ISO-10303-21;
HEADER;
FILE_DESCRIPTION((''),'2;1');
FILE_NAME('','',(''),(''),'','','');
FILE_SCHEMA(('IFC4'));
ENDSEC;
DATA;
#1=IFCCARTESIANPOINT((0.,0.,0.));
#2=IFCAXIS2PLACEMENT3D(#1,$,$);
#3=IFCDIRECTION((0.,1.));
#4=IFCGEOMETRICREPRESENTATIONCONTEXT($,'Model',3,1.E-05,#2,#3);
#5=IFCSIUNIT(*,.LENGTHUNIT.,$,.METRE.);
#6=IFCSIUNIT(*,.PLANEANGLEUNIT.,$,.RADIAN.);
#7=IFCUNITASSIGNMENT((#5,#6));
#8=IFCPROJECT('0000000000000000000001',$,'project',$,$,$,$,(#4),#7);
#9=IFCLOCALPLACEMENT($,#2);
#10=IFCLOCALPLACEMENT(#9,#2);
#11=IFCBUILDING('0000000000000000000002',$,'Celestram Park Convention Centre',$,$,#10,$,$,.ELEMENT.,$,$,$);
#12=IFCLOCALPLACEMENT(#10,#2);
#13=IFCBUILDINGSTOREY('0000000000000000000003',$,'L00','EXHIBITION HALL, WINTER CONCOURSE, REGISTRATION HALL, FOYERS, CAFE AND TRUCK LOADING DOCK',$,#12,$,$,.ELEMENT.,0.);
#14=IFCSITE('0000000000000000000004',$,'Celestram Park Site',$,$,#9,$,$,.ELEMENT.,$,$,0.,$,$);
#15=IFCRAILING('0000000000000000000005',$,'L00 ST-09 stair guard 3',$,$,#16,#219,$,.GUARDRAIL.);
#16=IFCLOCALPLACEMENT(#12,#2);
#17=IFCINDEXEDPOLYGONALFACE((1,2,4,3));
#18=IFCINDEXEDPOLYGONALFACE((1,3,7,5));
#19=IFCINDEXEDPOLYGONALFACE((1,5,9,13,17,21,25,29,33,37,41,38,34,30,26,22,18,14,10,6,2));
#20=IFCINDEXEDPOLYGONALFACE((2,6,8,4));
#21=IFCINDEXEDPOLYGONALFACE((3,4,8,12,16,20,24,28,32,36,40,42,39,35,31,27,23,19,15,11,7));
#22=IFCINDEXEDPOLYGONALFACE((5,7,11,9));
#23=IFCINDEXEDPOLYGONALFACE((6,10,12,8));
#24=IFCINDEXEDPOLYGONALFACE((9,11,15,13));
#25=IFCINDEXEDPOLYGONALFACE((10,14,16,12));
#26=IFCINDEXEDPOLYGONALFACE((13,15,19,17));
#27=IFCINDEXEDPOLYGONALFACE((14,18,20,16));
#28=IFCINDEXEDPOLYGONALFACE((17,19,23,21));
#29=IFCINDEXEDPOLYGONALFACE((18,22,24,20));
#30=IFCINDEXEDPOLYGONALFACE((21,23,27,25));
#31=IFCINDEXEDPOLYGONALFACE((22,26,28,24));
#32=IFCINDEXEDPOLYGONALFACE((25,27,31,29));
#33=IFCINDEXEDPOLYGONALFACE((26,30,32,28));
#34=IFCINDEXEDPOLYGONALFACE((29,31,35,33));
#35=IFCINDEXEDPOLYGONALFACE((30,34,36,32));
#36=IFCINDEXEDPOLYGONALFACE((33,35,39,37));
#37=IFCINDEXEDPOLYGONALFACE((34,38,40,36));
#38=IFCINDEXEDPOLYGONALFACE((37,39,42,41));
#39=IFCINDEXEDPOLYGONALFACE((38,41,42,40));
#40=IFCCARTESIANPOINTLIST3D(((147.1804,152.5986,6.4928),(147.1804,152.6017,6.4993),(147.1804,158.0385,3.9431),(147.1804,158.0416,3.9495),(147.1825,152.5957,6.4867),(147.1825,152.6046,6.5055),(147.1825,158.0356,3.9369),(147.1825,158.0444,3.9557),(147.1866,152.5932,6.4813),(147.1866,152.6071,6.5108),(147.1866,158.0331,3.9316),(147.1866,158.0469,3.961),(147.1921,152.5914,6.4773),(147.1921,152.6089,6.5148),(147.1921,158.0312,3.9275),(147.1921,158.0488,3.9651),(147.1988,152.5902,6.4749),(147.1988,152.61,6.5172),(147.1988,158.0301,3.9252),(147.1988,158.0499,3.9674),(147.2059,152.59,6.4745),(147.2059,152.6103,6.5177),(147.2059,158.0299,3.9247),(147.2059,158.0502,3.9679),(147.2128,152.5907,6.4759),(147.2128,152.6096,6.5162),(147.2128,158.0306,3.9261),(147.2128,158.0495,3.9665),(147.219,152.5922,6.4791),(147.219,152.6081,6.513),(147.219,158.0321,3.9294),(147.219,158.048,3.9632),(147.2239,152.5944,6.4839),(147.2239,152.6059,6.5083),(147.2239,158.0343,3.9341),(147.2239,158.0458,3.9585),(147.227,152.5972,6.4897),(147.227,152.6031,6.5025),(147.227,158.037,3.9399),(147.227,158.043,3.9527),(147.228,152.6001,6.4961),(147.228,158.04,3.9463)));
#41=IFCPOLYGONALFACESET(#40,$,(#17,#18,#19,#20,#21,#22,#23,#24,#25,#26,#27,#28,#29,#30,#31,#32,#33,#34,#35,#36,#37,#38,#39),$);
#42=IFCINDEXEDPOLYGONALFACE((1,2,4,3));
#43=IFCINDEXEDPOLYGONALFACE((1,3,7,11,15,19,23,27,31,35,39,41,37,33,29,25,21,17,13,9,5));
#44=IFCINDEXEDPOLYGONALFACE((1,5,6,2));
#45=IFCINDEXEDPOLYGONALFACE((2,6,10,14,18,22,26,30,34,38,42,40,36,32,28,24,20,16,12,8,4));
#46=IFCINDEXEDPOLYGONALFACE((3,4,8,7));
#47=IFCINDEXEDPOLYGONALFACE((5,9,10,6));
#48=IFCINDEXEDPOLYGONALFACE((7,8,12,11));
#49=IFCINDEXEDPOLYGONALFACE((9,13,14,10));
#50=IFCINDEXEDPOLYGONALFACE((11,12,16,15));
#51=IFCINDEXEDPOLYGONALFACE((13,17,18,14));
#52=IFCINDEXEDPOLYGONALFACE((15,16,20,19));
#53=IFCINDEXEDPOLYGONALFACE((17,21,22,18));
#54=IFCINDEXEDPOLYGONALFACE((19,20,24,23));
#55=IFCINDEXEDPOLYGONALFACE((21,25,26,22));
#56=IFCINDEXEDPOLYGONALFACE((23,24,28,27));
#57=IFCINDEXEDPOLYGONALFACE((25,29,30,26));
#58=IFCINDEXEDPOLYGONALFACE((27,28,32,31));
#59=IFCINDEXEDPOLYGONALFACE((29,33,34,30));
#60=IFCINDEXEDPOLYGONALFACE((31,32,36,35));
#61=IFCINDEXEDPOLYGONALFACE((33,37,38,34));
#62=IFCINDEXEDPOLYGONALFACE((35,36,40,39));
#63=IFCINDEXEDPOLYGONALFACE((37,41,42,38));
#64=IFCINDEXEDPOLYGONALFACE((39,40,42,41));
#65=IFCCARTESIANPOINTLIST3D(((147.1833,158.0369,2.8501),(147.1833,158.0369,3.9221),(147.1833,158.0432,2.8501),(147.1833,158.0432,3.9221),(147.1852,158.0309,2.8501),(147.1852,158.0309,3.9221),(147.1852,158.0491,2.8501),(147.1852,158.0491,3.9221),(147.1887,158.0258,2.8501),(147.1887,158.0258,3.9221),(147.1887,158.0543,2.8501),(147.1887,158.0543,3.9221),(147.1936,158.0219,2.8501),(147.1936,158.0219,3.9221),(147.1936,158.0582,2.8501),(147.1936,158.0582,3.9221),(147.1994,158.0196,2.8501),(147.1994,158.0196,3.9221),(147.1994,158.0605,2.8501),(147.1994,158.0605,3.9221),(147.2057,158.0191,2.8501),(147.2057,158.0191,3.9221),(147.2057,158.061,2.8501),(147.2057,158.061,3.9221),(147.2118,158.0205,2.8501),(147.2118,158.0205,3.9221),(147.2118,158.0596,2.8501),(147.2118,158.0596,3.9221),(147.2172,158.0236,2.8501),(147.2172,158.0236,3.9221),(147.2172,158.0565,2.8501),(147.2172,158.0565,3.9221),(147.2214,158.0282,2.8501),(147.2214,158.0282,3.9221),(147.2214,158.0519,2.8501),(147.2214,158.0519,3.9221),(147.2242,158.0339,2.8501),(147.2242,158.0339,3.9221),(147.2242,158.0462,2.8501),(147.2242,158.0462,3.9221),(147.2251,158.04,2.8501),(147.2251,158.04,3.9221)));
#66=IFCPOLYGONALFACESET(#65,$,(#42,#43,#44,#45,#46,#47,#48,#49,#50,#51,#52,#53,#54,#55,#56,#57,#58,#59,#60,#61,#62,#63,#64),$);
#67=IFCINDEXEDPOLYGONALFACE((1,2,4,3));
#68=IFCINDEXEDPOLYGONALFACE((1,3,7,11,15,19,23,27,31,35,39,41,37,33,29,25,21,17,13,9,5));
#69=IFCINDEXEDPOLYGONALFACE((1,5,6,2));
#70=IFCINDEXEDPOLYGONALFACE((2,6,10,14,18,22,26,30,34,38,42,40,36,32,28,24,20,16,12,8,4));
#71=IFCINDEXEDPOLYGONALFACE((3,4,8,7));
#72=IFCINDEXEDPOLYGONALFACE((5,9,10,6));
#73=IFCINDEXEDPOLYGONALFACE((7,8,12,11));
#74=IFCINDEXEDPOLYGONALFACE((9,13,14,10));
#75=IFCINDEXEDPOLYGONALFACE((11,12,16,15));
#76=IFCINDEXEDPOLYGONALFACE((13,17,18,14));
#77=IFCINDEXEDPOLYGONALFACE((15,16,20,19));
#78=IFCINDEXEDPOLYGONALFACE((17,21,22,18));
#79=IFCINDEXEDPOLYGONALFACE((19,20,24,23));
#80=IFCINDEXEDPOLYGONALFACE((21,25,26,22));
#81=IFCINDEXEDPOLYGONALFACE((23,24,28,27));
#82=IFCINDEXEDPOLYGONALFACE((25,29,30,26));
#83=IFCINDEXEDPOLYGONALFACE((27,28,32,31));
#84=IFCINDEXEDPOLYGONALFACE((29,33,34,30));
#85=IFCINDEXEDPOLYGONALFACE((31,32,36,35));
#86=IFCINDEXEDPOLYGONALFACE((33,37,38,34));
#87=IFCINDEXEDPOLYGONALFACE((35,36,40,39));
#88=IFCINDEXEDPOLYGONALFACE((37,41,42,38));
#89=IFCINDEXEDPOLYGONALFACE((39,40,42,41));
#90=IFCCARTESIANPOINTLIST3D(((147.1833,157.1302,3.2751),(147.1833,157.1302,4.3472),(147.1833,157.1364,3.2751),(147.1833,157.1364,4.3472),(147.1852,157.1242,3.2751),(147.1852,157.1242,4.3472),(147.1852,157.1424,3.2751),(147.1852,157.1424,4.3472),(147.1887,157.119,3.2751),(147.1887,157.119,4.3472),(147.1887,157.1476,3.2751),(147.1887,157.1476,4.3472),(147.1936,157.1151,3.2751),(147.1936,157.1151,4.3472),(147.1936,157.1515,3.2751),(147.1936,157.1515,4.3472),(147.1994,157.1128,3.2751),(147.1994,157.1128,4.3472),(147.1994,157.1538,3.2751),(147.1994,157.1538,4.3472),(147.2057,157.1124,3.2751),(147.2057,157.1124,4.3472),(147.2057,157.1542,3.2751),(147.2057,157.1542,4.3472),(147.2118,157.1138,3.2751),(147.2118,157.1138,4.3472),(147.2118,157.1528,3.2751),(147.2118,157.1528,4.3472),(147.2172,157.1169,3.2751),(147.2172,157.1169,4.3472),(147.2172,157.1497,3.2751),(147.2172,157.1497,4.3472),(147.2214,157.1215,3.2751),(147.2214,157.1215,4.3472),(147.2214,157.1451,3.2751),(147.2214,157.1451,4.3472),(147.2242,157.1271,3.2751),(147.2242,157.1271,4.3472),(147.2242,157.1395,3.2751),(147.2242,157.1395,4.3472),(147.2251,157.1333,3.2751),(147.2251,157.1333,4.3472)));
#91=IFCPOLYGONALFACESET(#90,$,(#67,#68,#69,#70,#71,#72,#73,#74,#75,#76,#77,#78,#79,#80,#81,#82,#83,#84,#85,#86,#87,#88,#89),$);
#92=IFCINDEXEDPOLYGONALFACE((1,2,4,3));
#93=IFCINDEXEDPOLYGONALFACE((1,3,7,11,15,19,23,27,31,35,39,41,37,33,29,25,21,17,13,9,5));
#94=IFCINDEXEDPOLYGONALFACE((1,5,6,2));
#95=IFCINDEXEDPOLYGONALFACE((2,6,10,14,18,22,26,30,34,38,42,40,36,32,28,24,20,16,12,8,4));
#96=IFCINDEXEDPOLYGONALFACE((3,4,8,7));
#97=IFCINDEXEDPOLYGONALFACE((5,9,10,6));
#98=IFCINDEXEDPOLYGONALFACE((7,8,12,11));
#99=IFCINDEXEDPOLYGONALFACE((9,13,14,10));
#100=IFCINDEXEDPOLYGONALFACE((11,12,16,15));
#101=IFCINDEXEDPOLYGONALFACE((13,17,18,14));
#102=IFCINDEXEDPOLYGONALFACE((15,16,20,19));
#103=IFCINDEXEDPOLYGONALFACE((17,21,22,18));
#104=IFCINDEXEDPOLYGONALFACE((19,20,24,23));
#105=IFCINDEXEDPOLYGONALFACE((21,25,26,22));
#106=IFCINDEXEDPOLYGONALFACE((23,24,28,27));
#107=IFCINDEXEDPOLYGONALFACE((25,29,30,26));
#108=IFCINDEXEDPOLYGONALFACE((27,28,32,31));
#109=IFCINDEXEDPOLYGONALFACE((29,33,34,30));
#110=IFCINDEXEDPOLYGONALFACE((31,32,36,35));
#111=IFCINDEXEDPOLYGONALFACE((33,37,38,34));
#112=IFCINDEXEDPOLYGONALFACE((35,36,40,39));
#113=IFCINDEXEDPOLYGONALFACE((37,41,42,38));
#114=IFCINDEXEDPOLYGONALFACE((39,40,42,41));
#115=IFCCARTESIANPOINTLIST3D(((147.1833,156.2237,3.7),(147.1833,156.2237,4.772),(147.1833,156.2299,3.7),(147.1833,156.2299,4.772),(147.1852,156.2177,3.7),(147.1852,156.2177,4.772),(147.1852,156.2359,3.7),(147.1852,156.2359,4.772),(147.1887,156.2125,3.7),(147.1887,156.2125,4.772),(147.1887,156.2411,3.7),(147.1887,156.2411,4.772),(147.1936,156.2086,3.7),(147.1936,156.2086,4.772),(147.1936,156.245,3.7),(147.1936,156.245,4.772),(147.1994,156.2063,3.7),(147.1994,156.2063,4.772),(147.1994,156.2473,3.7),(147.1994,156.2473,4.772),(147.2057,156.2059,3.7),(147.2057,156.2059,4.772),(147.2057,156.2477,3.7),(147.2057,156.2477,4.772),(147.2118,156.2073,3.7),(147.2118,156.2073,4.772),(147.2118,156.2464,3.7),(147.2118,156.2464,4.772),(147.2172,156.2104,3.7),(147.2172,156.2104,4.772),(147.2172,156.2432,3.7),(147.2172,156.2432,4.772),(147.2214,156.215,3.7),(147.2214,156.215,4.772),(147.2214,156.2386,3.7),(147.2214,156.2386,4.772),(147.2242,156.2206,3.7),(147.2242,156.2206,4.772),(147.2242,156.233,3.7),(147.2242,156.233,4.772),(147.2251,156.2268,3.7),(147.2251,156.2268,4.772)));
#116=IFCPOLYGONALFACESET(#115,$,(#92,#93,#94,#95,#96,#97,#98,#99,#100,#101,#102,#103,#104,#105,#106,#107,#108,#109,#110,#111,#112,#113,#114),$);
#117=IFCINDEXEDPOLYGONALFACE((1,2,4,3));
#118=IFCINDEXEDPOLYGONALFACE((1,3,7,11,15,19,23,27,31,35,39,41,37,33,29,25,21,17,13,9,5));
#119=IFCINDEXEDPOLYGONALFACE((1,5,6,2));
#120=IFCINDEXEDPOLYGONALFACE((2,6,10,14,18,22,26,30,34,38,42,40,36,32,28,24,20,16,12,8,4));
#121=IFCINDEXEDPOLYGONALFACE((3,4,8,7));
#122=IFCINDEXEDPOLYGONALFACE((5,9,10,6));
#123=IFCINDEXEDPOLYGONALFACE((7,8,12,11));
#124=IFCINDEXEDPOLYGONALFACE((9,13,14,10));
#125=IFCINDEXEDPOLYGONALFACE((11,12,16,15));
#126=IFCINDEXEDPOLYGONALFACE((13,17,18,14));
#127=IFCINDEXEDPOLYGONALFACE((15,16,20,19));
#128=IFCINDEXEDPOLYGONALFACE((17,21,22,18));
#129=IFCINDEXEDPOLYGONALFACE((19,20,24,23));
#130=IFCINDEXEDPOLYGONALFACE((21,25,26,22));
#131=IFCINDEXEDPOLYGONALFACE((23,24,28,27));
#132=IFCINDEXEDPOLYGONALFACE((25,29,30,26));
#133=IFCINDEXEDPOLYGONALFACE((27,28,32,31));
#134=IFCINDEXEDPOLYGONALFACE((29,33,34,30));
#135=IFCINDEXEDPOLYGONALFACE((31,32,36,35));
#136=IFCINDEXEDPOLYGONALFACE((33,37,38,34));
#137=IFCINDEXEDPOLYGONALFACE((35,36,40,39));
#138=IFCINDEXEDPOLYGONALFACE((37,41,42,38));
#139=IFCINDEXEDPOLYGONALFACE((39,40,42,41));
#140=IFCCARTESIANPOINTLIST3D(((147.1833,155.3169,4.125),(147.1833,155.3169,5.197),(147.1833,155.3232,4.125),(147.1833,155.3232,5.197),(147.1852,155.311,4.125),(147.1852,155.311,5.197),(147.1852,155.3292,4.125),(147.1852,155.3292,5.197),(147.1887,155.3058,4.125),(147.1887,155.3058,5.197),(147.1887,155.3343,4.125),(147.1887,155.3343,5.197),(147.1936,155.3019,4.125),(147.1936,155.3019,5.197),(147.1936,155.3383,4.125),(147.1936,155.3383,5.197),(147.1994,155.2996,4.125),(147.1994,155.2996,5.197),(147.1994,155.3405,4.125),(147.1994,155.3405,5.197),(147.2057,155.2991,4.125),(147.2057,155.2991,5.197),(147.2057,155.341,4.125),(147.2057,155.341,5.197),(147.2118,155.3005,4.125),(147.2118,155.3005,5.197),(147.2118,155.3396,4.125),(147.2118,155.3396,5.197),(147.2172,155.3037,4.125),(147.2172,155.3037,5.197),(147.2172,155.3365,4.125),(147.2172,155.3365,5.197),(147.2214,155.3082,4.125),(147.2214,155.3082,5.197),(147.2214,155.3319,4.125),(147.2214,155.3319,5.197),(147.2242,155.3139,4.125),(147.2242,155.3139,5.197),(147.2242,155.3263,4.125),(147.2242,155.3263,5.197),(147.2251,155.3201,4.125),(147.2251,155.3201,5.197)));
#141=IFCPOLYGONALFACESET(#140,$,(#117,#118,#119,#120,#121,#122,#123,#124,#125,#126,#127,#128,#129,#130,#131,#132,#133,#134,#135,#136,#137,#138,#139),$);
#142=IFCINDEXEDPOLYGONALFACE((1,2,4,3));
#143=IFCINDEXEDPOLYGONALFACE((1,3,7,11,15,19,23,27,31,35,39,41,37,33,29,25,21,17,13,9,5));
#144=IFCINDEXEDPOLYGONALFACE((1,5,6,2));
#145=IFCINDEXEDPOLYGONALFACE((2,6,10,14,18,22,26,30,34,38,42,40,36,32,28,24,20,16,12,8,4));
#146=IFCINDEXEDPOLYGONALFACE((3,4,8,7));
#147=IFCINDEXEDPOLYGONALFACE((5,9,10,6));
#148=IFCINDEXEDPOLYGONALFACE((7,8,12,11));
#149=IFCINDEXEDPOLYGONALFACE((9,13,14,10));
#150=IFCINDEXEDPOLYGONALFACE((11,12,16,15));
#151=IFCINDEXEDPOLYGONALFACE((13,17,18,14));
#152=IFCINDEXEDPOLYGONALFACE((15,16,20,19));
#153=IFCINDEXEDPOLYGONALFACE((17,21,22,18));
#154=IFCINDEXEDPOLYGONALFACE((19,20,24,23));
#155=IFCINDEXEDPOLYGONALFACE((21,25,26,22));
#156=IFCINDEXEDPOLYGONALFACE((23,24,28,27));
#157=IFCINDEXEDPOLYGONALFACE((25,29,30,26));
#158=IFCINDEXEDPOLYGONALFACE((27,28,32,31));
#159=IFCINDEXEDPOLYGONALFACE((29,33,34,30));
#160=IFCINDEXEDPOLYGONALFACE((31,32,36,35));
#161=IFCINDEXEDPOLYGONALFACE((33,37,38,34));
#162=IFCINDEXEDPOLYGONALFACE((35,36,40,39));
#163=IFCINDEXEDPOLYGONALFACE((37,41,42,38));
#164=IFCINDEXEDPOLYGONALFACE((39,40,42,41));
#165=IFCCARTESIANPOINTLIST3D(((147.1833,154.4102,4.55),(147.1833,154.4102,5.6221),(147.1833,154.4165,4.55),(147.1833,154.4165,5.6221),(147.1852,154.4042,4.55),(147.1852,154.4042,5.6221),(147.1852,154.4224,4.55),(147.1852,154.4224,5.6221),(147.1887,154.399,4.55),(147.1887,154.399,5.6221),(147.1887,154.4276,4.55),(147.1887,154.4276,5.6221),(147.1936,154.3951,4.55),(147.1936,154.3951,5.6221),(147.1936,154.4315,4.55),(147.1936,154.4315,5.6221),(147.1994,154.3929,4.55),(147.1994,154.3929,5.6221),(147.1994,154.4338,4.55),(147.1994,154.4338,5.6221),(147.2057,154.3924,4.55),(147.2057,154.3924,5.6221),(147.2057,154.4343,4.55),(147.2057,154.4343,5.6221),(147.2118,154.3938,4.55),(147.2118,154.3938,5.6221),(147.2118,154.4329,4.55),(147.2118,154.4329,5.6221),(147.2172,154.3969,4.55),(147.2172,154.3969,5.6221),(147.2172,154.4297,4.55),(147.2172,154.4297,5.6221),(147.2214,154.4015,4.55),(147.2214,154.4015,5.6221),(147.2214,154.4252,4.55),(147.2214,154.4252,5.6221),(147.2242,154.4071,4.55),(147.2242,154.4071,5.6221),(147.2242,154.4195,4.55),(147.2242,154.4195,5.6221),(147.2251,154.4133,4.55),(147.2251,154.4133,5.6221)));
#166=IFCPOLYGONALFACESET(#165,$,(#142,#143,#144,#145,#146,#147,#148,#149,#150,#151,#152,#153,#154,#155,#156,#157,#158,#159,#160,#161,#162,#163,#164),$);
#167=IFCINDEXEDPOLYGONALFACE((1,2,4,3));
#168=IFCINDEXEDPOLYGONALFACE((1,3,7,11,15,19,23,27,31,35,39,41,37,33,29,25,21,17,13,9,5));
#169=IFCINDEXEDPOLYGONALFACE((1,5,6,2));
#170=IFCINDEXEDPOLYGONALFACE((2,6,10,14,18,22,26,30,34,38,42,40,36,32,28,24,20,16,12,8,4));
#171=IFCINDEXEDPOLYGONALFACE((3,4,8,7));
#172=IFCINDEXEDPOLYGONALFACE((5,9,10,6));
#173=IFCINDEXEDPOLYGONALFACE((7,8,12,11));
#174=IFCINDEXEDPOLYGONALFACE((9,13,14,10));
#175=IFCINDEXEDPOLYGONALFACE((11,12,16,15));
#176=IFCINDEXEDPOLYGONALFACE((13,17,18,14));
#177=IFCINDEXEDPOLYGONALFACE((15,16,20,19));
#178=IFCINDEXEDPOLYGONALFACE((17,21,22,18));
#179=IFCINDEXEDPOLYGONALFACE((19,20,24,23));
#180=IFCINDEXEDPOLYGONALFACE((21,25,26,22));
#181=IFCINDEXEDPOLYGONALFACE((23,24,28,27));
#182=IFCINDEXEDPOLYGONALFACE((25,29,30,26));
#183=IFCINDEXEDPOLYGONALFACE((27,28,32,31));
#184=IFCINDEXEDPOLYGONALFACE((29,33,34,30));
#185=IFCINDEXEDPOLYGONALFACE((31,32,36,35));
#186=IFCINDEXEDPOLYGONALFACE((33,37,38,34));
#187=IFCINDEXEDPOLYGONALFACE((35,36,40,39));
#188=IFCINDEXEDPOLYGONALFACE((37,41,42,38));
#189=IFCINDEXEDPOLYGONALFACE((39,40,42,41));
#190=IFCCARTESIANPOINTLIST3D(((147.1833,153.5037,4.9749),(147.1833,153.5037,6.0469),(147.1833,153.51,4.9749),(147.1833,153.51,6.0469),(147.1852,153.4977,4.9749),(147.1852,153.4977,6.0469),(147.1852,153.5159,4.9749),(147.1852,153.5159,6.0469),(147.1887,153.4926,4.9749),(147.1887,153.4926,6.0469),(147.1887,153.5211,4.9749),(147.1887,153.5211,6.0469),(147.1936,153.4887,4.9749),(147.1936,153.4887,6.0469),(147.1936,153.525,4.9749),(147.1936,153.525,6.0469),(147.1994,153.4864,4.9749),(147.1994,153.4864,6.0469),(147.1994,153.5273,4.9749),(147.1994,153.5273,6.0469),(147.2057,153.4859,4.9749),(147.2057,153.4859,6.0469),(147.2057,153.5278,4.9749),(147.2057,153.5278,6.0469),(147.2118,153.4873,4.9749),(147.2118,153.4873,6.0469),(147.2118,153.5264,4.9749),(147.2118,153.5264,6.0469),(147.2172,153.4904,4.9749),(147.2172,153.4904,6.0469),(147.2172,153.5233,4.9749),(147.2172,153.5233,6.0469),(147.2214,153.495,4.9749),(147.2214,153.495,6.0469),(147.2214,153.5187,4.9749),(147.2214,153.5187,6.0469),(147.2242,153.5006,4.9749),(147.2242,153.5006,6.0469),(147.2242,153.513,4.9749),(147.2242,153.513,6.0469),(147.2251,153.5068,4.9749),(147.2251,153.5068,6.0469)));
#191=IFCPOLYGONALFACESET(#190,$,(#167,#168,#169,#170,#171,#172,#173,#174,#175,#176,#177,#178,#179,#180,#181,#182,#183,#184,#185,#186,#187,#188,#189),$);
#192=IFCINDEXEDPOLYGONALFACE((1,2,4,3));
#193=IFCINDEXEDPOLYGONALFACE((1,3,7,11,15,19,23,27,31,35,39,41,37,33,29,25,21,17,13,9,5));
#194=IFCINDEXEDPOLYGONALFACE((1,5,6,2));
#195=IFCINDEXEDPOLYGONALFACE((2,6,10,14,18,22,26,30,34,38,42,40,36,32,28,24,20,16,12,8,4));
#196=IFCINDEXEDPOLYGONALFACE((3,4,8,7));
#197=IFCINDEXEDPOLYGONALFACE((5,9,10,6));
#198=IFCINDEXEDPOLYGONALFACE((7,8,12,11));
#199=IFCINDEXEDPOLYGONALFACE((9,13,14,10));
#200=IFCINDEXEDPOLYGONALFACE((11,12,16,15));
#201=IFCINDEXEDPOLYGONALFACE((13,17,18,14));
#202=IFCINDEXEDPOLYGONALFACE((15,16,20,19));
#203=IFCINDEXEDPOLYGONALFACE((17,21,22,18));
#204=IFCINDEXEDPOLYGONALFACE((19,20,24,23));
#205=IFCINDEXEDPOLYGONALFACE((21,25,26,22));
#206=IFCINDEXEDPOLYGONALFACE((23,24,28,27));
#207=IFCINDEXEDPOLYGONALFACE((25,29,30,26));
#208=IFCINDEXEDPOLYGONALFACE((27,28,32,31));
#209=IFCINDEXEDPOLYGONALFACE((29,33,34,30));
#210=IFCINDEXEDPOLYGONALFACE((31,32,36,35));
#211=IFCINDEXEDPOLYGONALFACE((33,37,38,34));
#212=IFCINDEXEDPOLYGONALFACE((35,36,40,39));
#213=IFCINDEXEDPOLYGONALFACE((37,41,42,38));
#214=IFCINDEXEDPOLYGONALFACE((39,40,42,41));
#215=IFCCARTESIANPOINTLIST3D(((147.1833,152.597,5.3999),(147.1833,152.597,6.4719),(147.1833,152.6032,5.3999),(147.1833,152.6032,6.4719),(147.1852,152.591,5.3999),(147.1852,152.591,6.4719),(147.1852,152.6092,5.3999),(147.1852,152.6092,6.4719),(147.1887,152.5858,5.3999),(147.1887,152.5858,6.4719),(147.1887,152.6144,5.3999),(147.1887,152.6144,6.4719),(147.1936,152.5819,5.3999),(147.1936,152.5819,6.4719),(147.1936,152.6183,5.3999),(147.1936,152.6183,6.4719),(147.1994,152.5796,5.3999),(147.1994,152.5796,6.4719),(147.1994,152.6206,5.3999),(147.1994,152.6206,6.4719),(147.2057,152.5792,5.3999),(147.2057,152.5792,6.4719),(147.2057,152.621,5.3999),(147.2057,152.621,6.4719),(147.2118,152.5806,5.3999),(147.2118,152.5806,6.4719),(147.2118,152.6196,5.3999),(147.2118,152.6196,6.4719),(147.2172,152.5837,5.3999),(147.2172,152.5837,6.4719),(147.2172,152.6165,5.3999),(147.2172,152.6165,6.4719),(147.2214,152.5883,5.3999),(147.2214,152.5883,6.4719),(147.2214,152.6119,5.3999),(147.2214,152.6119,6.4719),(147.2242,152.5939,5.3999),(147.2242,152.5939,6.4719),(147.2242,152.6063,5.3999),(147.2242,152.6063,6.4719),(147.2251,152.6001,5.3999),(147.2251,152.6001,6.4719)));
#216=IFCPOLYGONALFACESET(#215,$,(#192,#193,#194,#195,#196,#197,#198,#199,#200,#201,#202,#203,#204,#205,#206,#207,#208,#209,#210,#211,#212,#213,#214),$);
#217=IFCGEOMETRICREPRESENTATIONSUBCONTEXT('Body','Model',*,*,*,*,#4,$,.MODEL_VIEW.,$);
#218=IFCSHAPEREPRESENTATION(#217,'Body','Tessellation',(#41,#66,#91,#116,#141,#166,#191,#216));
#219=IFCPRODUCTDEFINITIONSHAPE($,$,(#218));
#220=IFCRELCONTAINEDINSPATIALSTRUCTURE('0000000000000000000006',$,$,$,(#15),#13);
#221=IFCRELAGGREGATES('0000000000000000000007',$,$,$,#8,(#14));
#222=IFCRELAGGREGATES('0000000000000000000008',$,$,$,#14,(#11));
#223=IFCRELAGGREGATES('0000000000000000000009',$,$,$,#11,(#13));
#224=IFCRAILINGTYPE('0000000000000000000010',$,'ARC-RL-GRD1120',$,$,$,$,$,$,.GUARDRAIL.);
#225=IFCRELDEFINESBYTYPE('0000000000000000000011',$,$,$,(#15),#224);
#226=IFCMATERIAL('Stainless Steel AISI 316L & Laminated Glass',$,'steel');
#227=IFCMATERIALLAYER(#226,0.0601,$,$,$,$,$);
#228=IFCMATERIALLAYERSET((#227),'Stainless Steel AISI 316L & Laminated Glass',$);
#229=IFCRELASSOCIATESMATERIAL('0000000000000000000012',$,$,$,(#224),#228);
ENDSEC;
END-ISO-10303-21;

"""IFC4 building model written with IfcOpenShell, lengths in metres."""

from ifc_helpers import new_model, si_unit, direction, frame, origin, origin_2d, place, context, subcontext, project, spatial, circle, extrude, material, layer, layer_set, type_object, element, save


model = new_model("IFC4")

# Units and contexts
model_context = context("Model", 3, precision=1e-05, world=origin(), true_north=direction((0.0, 1.0)))
body_context = subcontext(model_context, "Body", "Model", "MODEL_VIEW")
ifc_project = project(units=[si_unit("LENGTHUNIT", "METRE"), si_unit("PLANEANGLEUNIT", "RADIAN")], contexts=[model_context])

# Site, building, storey
site_placement = place(None, origin())
site = spatial("IfcSite", under=ifc_project, at=site_placement, Name="Celestram Park Site", CompositionType="ELEMENT", RefElevation=0.0)
building_placement = place(site_placement, origin())
building = spatial("IfcBuilding", under=site, at=building_placement, Name="Celestram Park Convention Centre", CompositionType="ELEMENT")
storey_placement = place(building_placement, origin())
storey = spatial("IfcBuildingStorey", under=building, at=storey_placement, Name="L00", Description="EXHIBITION HALL, WINTER CONCOURSE, REGISTRATION HALL, FOYERS, CAFE AND TRUCK LOADING DOCK", CompositionType="ELEMENT", Elevation=0.0)

# Railing
ifc_material_1 = material(Name="Stainless Steel AISI 316L & Laminated Glass", Category="steel")
ifc_layer_1 = layer(ifc_material_1, 0.0601)
ifc_layer_set_1 = layer_set([ifc_layer_1], Name="Stainless Steel AISI 316L & Laminated Glass")
railing_type_1 = type_object("IfcRailingType", Name="ARC-RL-GRD1120", PredefinedType="GUARDRAIL", material=ifc_layer_set_1)
railing_1_placement = place(storey_placement, frame((147.2041, 158.04, 2.8501)))
element("IfcRailing", 1, at=railing_1_placement, inside=storey, type_object=railing_type_1, Name="L00 ST-09 stair guard 3", PredefinedType="GUARDRAIL", context=body_context, shape_type="SweptSolid", body=[
    extrude(circle(Radius=0.0239, at=origin_2d()), frame((0.0, 0.0, 1.0962), z_axis=(0.0, -0.90547, 0.424411), x_axis=(1.0, 0.0, 0.0)), (0.0, 0.0, 1.0), 6.0078),
    extrude(circle(Radius=0.021, at=origin_2d()), origin(), (0.0, 0.0, 1.0), 1.072),
    extrude(circle(Radius=0.021, at=origin_2d()), frame((0.0, -0.9067, 0.425)), (0.0, 0.0, 1.0), 1.072),
    extrude(circle(Radius=0.021, at=origin_2d()), frame((0.0, -1.8132, 0.8499)), (0.0, 0.0, 1.0), 1.072),
    extrude(circle(Radius=0.021, at=origin_2d()), frame((0.0, -2.72, 1.2749)), (0.0, 0.0, 1.0), 1.072),
    extrude(circle(Radius=0.021, at=origin_2d()), frame((0.0, -3.6267, 1.7)), (0.0, 0.0, 1.0), 1.072),
    extrude(circle(Radius=0.021, at=origin_2d()), frame((0.0, -4.5332, 2.1248)), (0.0, 0.0, 1.0), 1.072),
    extrude(circle(Radius=0.021, at=origin_2d()), frame((0.0, -5.4399, 2.5498)), (0.0, 0.0, 1.0), 1.072),
])

save(model, "model.ifc")
